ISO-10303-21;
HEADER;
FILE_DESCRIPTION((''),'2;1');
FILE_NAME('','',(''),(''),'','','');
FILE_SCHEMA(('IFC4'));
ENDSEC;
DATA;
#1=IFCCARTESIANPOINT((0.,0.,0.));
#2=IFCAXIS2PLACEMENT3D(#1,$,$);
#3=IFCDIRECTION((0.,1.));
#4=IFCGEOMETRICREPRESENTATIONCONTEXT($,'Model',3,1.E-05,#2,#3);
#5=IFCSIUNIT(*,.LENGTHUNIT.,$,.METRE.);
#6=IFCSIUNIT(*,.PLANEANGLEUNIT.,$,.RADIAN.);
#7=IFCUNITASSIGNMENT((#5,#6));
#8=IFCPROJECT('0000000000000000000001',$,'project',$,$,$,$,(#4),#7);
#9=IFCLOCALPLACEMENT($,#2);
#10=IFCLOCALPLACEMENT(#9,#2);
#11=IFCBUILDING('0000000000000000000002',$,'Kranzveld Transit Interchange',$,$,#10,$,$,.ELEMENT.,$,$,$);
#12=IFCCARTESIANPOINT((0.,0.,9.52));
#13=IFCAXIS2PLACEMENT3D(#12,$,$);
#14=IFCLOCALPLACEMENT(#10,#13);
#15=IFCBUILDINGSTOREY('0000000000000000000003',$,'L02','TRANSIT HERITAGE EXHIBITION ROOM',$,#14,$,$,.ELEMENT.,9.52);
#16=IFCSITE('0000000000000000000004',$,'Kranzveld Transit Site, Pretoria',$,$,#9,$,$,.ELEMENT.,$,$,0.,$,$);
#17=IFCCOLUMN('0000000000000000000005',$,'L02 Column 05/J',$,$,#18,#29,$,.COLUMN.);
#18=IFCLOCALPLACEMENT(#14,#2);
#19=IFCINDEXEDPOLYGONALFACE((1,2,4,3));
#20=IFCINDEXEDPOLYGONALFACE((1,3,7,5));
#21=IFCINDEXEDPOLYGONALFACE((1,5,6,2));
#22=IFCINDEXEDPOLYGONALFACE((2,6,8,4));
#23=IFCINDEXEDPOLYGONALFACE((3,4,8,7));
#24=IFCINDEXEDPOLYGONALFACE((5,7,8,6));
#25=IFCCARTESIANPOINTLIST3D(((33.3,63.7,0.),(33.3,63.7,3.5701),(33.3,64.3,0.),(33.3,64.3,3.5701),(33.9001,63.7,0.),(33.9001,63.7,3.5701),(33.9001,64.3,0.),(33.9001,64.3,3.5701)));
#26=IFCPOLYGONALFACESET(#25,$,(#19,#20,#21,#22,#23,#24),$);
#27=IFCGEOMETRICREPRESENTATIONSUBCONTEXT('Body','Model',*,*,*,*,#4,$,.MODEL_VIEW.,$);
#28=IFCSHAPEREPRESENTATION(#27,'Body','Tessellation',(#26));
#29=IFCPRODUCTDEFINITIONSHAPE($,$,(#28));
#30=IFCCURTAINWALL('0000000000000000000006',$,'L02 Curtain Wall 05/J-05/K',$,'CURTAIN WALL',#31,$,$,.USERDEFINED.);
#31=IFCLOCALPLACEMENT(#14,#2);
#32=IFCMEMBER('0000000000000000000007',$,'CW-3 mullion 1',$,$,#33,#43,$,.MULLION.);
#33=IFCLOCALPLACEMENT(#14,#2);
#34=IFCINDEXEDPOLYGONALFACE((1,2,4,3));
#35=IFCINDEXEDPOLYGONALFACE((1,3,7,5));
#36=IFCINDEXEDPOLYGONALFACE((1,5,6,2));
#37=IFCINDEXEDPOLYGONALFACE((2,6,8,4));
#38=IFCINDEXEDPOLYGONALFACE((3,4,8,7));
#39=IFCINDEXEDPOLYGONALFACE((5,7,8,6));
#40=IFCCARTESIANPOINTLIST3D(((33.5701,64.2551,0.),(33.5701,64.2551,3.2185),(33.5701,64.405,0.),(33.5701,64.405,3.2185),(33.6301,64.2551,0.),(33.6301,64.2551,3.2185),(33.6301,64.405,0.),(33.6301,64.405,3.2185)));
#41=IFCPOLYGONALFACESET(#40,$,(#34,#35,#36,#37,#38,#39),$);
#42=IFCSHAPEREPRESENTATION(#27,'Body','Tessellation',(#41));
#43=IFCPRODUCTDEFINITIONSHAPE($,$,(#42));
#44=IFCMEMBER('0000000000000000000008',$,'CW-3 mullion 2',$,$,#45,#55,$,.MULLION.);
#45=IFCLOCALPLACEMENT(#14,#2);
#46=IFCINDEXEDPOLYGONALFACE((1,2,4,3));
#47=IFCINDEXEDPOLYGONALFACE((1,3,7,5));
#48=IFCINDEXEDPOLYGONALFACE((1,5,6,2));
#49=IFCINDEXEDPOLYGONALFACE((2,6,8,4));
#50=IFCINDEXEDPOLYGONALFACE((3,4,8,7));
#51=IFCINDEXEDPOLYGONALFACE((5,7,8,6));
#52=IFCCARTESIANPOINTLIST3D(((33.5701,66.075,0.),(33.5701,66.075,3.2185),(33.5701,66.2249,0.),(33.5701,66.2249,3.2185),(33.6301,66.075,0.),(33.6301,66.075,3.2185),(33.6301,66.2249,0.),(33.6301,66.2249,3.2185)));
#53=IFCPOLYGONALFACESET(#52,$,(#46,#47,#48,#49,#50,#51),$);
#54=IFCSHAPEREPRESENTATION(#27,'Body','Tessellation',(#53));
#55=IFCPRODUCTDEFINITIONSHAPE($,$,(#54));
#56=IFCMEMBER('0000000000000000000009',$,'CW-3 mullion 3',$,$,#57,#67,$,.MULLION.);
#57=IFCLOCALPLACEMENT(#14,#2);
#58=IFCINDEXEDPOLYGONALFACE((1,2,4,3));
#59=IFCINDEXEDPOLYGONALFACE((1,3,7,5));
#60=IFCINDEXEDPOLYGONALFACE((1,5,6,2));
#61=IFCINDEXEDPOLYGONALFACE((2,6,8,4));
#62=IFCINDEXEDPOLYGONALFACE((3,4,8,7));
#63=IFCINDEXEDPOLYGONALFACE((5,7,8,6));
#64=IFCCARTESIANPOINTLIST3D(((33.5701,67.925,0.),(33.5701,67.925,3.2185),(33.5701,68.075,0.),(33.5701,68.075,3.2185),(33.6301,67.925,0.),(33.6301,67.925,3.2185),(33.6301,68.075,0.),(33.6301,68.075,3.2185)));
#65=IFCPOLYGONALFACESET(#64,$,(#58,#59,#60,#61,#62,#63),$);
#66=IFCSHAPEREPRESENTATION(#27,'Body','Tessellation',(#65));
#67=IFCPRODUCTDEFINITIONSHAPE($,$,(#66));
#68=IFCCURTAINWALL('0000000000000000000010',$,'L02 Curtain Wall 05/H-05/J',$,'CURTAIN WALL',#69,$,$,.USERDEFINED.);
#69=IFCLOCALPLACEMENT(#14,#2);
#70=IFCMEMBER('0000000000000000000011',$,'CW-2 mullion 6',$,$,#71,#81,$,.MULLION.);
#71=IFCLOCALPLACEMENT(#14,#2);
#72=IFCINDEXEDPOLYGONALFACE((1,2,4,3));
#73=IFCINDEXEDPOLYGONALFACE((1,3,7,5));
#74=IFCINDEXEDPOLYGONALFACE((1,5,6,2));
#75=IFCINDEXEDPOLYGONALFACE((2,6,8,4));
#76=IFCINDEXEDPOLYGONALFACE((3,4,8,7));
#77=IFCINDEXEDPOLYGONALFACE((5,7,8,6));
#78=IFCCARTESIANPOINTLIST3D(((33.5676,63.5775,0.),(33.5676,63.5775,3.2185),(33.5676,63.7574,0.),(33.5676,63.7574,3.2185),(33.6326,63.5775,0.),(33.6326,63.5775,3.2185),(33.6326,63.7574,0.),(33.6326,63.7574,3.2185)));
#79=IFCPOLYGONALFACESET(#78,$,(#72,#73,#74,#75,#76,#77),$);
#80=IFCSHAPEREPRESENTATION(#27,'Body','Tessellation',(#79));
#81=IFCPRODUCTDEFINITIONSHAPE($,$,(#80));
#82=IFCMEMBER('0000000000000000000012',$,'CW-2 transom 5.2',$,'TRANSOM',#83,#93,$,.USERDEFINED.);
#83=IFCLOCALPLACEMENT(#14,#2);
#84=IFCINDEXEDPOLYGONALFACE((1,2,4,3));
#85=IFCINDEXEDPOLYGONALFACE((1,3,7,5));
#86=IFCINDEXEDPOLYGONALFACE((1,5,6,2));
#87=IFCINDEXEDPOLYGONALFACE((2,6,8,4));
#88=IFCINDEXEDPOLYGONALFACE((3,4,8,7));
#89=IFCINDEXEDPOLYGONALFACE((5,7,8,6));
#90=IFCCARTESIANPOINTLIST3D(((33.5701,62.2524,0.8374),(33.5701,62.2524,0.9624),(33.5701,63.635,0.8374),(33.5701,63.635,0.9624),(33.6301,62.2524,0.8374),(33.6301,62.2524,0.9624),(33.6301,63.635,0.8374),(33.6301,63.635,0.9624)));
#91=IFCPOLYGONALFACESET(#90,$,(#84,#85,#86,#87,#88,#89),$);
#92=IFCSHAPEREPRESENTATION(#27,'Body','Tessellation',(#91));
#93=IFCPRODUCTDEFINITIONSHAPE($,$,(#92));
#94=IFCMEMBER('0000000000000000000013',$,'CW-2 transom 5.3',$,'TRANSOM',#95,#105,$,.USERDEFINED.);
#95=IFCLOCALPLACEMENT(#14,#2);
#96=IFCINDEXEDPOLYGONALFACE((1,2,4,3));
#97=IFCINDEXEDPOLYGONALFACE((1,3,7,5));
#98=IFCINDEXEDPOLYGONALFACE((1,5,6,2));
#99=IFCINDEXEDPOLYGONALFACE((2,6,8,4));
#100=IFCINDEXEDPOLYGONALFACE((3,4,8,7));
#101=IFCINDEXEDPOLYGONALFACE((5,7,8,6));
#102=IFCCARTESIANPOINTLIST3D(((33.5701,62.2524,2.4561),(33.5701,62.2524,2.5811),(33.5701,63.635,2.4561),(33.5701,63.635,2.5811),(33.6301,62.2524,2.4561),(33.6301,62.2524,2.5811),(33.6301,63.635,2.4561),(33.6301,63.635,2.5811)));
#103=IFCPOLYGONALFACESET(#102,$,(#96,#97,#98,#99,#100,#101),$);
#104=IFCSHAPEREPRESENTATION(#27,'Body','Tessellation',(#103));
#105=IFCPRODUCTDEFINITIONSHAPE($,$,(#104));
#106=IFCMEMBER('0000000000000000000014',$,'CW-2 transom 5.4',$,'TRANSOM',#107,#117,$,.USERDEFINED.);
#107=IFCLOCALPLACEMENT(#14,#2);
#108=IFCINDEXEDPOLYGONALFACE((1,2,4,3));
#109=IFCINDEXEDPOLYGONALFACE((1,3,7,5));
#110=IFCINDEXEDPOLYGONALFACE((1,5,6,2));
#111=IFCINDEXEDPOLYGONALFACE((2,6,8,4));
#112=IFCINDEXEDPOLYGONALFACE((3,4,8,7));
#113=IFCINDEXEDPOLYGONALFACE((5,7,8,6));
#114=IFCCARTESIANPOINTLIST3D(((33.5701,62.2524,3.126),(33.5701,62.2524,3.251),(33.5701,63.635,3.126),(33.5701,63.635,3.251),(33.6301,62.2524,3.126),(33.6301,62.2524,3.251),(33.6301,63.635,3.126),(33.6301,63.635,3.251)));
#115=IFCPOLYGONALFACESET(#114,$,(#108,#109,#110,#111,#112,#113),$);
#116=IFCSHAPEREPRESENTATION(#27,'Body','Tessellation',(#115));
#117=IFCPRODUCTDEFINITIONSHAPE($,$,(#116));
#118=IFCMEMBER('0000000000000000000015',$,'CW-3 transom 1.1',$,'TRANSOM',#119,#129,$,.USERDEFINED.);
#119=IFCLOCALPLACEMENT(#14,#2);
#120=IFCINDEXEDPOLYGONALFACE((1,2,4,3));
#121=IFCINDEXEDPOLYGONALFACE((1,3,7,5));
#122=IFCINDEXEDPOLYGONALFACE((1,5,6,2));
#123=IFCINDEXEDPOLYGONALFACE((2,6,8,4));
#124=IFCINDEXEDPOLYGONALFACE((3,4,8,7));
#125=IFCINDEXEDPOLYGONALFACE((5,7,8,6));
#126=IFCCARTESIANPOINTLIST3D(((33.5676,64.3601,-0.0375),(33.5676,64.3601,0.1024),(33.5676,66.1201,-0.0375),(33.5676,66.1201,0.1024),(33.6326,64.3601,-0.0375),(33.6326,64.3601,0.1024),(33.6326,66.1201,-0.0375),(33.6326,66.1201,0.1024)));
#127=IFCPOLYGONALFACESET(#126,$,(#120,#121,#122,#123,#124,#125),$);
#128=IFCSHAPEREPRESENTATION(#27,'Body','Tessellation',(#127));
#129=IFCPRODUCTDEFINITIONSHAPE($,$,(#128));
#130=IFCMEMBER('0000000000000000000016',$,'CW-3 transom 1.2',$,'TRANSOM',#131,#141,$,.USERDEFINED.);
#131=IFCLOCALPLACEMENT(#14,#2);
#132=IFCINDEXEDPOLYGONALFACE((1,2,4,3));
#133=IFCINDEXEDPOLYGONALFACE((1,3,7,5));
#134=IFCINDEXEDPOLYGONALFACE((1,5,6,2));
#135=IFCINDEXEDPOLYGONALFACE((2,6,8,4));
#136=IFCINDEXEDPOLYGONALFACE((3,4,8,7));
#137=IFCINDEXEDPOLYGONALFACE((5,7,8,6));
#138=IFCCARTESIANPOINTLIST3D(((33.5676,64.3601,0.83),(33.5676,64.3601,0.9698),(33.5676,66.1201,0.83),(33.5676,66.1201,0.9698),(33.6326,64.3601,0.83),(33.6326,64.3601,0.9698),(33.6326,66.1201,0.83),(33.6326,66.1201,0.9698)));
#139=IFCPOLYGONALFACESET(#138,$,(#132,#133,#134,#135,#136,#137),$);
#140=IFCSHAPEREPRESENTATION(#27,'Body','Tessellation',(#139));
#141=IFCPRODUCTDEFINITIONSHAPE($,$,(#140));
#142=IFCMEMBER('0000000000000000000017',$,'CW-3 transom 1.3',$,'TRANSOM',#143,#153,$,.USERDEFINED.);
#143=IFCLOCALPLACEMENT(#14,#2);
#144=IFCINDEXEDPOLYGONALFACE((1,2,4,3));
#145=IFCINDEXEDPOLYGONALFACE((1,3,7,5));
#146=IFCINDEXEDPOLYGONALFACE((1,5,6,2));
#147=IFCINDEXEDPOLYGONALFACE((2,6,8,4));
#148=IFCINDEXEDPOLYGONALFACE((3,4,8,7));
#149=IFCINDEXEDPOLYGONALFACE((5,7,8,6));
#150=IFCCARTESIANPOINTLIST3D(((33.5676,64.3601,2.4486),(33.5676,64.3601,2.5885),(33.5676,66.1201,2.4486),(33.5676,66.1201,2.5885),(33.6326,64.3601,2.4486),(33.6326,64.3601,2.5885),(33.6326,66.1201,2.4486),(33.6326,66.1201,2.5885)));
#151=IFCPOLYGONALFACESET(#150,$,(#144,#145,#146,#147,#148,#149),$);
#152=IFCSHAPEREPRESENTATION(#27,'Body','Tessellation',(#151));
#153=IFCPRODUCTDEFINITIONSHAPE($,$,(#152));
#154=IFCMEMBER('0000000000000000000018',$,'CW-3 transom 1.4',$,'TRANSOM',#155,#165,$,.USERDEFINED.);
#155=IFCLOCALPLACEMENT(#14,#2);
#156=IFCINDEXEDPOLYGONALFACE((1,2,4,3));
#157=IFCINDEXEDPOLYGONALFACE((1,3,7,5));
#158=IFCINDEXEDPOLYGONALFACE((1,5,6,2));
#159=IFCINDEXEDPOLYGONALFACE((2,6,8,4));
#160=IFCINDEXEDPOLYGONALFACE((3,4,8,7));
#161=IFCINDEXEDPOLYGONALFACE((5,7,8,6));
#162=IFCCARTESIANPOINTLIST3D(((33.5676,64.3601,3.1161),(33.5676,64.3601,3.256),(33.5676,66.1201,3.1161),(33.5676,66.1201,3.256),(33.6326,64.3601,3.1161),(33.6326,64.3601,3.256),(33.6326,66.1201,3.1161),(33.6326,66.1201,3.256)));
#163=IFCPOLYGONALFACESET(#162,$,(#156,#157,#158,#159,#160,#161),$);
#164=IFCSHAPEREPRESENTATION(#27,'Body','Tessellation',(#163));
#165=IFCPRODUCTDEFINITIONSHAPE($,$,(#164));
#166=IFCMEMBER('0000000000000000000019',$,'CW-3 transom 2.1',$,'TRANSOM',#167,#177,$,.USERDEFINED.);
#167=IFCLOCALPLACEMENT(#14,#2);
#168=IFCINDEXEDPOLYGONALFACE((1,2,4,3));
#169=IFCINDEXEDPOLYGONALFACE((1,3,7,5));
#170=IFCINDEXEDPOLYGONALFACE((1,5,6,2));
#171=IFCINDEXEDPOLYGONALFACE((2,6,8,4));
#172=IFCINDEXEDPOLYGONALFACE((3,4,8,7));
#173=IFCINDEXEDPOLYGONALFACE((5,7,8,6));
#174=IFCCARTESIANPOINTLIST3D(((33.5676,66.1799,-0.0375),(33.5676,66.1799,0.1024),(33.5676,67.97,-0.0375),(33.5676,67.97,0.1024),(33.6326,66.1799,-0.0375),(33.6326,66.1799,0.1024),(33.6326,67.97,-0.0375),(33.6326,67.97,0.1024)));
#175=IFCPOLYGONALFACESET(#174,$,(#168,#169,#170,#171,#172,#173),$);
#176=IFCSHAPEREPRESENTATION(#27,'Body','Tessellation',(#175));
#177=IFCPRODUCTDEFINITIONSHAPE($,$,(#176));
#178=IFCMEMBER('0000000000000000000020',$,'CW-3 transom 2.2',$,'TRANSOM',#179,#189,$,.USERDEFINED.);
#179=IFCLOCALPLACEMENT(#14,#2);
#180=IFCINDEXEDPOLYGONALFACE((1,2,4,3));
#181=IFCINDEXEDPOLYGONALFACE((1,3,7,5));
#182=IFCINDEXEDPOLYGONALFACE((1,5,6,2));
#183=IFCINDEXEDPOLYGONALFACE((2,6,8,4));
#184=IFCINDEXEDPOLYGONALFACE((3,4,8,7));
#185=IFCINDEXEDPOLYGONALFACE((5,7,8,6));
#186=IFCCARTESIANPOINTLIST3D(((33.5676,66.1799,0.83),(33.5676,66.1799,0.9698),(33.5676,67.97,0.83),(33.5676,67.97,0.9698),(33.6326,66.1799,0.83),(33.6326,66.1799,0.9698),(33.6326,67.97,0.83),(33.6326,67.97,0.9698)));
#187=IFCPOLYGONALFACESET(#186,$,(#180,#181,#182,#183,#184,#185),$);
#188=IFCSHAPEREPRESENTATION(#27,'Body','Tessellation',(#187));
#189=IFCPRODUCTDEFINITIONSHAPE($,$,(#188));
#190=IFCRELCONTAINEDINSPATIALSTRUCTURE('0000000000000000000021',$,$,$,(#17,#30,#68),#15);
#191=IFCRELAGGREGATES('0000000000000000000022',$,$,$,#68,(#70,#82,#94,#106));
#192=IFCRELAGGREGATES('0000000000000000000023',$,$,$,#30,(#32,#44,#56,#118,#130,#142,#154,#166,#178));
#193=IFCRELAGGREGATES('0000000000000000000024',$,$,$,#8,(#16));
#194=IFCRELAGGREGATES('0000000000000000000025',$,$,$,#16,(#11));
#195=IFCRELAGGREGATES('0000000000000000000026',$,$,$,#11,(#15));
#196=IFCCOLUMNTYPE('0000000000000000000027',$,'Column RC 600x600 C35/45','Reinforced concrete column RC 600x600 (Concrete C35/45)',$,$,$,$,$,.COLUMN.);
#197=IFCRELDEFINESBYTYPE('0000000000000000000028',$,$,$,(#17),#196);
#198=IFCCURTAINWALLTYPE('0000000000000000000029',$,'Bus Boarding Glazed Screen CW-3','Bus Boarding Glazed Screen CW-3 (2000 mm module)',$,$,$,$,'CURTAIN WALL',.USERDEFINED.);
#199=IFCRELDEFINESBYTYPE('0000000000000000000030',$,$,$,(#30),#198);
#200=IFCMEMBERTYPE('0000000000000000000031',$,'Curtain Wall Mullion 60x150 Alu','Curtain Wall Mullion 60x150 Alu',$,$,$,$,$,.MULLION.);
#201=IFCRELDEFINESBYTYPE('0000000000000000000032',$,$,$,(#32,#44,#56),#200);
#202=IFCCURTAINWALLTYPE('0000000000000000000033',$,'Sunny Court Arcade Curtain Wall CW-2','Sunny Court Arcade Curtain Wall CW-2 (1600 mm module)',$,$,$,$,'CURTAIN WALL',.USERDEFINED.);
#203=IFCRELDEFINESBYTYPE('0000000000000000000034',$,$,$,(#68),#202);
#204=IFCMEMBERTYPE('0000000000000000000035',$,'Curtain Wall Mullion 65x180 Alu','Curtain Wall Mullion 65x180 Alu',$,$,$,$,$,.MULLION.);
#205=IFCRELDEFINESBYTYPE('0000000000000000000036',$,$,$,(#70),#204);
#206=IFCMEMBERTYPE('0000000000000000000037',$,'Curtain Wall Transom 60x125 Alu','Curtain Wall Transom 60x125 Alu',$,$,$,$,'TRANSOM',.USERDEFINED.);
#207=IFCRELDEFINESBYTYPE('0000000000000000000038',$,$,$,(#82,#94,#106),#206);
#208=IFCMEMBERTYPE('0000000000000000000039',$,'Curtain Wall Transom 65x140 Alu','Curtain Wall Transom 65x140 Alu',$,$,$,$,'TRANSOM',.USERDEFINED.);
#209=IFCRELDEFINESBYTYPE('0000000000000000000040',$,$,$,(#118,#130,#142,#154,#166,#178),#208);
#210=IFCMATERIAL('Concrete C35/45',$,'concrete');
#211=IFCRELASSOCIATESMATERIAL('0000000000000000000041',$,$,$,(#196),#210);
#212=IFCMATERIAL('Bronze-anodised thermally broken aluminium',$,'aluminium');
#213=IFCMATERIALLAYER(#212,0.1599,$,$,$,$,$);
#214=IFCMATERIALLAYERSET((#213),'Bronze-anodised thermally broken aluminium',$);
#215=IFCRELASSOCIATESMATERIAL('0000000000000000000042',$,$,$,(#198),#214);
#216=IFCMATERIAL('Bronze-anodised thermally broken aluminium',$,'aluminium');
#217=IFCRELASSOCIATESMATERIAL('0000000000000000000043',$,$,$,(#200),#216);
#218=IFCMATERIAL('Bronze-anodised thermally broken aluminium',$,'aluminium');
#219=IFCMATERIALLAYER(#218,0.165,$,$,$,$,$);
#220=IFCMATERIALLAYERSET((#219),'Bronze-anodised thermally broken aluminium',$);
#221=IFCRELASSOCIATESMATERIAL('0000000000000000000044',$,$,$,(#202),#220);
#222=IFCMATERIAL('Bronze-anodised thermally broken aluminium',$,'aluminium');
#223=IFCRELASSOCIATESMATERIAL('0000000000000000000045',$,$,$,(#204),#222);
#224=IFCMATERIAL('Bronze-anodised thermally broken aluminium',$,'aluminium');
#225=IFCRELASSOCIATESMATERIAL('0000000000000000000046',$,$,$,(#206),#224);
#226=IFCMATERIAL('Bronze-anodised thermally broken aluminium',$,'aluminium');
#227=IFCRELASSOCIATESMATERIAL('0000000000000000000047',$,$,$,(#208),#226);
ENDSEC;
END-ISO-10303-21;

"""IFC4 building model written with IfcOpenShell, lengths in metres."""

from ifc_helpers import new_model, si_unit, direction, frame, origin, origin_2d, place, context, subcontext, project, spatial, rectangle, extrude, material, layer, layer_set, material_profile, profile_set, type_object, element, aggregate, save


model = new_model("IFC4")

# Units and contexts
model_context = context("Model", 3, precision=1e-05, world=origin(), true_north=direction((0.0, 1.0)))
body_context = subcontext(model_context, "Body", "Model", "MODEL_VIEW")
ifc_project = project(units=[si_unit("LENGTHUNIT", "METRE"), si_unit("PLANEANGLEUNIT", "RADIAN")], contexts=[model_context])

# Site, building, storey
site_placement = place(None, origin())
site = spatial("IfcSite", under=ifc_project, at=site_placement, Name="Kranzveld Transit Site, Pretoria", CompositionType="ELEMENT", RefElevation=0.0)
building_placement = place(site_placement, origin())
building = spatial("IfcBuilding", under=site, at=building_placement, Name="Kranzveld Transit Interchange", CompositionType="ELEMENT")
storey_placement = place(building_placement, frame((0.0, 0.0, 9.52)))
storey = spatial("IfcBuildingStorey", under=building, at=storey_placement, Name="L02", Description="TRANSIT HERITAGE EXHIBITION ROOM", CompositionType="ELEMENT", Elevation=9.52)

# Column
ifc_material_1 = material(Name="Concrete C35/45", Category="concrete")
ifc_material_profile_1 = material_profile(ifc_material_1, rectangle(XDim=0.6001, YDim=0.6001, at=origin_2d()), Name="RC 600x600")
ifc_profile_set_1 = profile_set([ifc_material_profile_1], Name="Concrete C35/45")
column_type = type_object("IfcColumnType", Name="Column RC 600x600 C35/45", Description="Reinforced concrete column RC 600x600 (Concrete C35/45)", PredefinedType="COLUMN", material=ifc_profile_set_1)
column_placement = place(storey_placement, frame((33.6001, 64.0, 0.0), z_axis=(0.0, 0.0, 1.0), x_axis=(1.0, 0.0, 0.0)))
element("IfcColumn", 1, at=column_placement, inside=storey, type_object=column_type, Name="L02 Column 05/J", PredefinedType="COLUMN", context=body_context, shape_type="SweptSolid", body=[
    extrude(rectangle(XDim=0.6001, YDim=0.6001, at=origin_2d()), origin(), (0.0, 0.0, 1.0), 3.5701),
])

# Curtain walls, members
ifc_material_2 = material(Name="Bronze-anodised thermally broken aluminium", Category="aluminium")
ifc_layer_1 = layer(ifc_material_2, 0.1599)
ifc_layer_set_1 = layer_set([ifc_layer_1], Name="Bronze-anodised thermally broken aluminium")
curtain_wall_type_1 = type_object("IfcCurtainWallType", Name="Bus Boarding Glazed Screen CW-3", Description="Bus Boarding Glazed Screen CW-3 (2000 mm module)", ElementType="CURTAIN WALL", PredefinedType="USERDEFINED", material=ifc_layer_set_1)
curtain_wall_1_placement = place(storey_placement, origin())
curtain_wall_1 = element("IfcCurtainWall", 2, at=curtain_wall_1_placement, inside=storey, type_object=curtain_wall_type_1, Name="L02 Curtain Wall 05/J-05/K", ObjectType="CURTAIN WALL", PredefinedType="USERDEFINED")
ifc_material_3 = material(Name="Bronze-anodised thermally broken aluminium", Category="aluminium")
ifc_material_profile_2 = material_profile(ifc_material_3, rectangle(XDim=0.0601, YDim=0.1499, at=origin_2d()), Name="ALU MULLION 60x150")
ifc_profile_set_2 = profile_set([ifc_material_profile_2], Name="Bronze-anodised thermally broken aluminium")
member_type_1 = type_object("IfcMemberType", Name="Curtain Wall Mullion 60x150 Alu", Description="Curtain Wall Mullion 60x150 Alu", PredefinedType="MULLION", material=ifc_profile_set_2)
member_1_placement = place(storey_placement, frame((33.6001, 64.3301, 0.0), z_axis=(0.0, 0.0, 1.0), x_axis=(-1.0, 0.0, 0.0)))
member_1 = element("IfcMember", 3, at=member_1_placement, type_object=member_type_1, Name="CW-3 mullion 1", PredefinedType="MULLION", context=body_context, shape_type="SweptSolid", body=[
    extrude(rectangle(XDim=0.0601, YDim=0.1499, at=origin_2d()), origin(), (0.0, 0.0, 1.0), 3.2185),
])
member_2_placement = place(storey_placement, frame((33.6001, 66.1499, 0.0), z_axis=(0.0, 0.0, 1.0), x_axis=(-1.0, 0.0, 0.0)))
member_2 = element("IfcMember", 4, at=member_2_placement, type_object=member_type_1, Name="CW-3 mullion 2", PredefinedType="MULLION", context=body_context, shape_type="SweptSolid", body=[
    extrude(rectangle(XDim=0.0601, YDim=0.1499, at=origin_2d()), origin(), (0.0, 0.0, 1.0), 3.2185),
])
member_3_placement = place(storey_placement, frame((33.6001, 68.0, 0.0), z_axis=(0.0, 0.0, 1.0), x_axis=(-1.0, 0.0, 0.0)))
member_3 = element("IfcMember", 5, at=member_3_placement, type_object=member_type_1, Name="CW-3 mullion 3", PredefinedType="MULLION", context=body_context, shape_type="SweptSolid", body=[
    extrude(rectangle(XDim=0.0601, YDim=0.1499, at=origin_2d()), origin(), (0.0, 0.0, 1.0), 3.2185),
])
ifc_material_4 = material(Name="Bronze-anodised thermally broken aluminium", Category="aluminium")
ifc_layer_2 = layer(ifc_material_4, 0.165)
ifc_layer_set_2 = layer_set([ifc_layer_2], Name="Bronze-anodised thermally broken aluminium")
curtain_wall_type_2 = type_object("IfcCurtainWallType", Name="Sunny Court Arcade Curtain Wall CW-2", Description="Sunny Court Arcade Curtain Wall CW-2 (1600 mm module)", ElementType="CURTAIN WALL", PredefinedType="USERDEFINED", material=ifc_layer_set_2)
curtain_wall_2_placement = place(storey_placement, origin())
curtain_wall_2 = element("IfcCurtainWall", 6, at=curtain_wall_2_placement, inside=storey, type_object=curtain_wall_type_2, Name="L02 Curtain Wall 05/H-05/J", ObjectType="CURTAIN WALL", PredefinedType="USERDEFINED")
ifc_material_5 = material(Name="Bronze-anodised thermally broken aluminium", Category="aluminium")
ifc_material_profile_3 = material_profile(ifc_material_5, rectangle(XDim=0.0649, YDim=0.1799, at=origin_2d()), Name="ALU MULLION 65x180")
ifc_profile_set_3 = profile_set([ifc_material_profile_3], Name="Bronze-anodised thermally broken aluminium")
member_type_2 = type_object("IfcMemberType", Name="Curtain Wall Mullion 65x180 Alu", Description="Curtain Wall Mullion 65x180 Alu", PredefinedType="MULLION", material=ifc_profile_set_3)
member_4_placement = place(storey_placement, frame((33.6001, 63.6675, 0.0), z_axis=(0.0, 0.0, 1.0), x_axis=(-1.0, 0.0, 0.0)))
member_4 = element("IfcMember", 7, at=member_4_placement, type_object=member_type_2, Name="CW-2 mullion 6", PredefinedType="MULLION", context=body_context, shape_type="SweptSolid", body=[
    extrude(rectangle(XDim=0.0649, YDim=0.1799, at=origin_2d()), origin(), (0.0, 0.0, 1.0), 3.2185),
])
ifc_material_6 = material(Name="Bronze-anodised thermally broken aluminium", Category="aluminium")
ifc_material_profile_4 = material_profile(ifc_material_6, rectangle(XDim=0.0601, YDim=0.125, at=origin_2d()), Name="ALU TRANSOM 60x125")
ifc_profile_set_4 = profile_set([ifc_material_profile_4], Name="Bronze-anodised thermally broken aluminium")
member_type_3 = type_object("IfcMemberType", Name="Curtain Wall Transom 60x125 Alu", Description="Curtain Wall Transom 60x125 Alu", ElementType="TRANSOM", PredefinedType="USERDEFINED", material=ifc_profile_set_4)
member_5_placement = place(storey_placement, frame((33.6001, 62.2524, 0.8999), z_axis=(0.0, 1.0, 0.0), x_axis=(-1.0, 0.0, 0.0)))
member_5 = element("IfcMember", 8, at=member_5_placement, type_object=member_type_3, Name="CW-2 transom 5.2", ObjectType="TRANSOM", PredefinedType="USERDEFINED", context=body_context, shape_type="SweptSolid", body=[
    extrude(rectangle(XDim=0.0601, YDim=0.125, at=origin_2d()), origin(), (0.0, 0.0, 1.0), 1.3826),
])
member_6_placement = place(storey_placement, frame((33.6001, 62.2524, 2.5186), z_axis=(0.0, 1.0, 0.0), x_axis=(-1.0, 0.0, 0.0)))
member_6 = element("IfcMember", 9, at=member_6_placement, type_object=member_type_3, Name="CW-2 transom 5.3", ObjectType="TRANSOM", PredefinedType="USERDEFINED", context=body_context, shape_type="SweptSolid", body=[
    extrude(rectangle(XDim=0.0601, YDim=0.125, at=origin_2d()), origin(), (0.0, 0.0, 1.0), 1.3826),
])
member_7_placement = place(storey_placement, frame((33.6001, 62.2524, 3.1885), z_axis=(0.0, 1.0, 0.0), x_axis=(-1.0, 0.0, 0.0)))
member_7 = element("IfcMember", 10, at=member_7_placement, type_object=member_type_3, Name="CW-2 transom 5.4", ObjectType="TRANSOM", PredefinedType="USERDEFINED", context=body_context, shape_type="SweptSolid", body=[
    extrude(rectangle(XDim=0.0601, YDim=0.125, at=origin_2d()), origin(), (0.0, 0.0, 1.0), 1.3826),
])

# Members
ifc_material_7 = material(Name="Bronze-anodised thermally broken aluminium", Category="aluminium")
ifc_material_profile_5 = material_profile(ifc_material_7, rectangle(XDim=0.0649, YDim=0.1399, at=origin_2d()), Name="ALU TRANSOM 65x140")
ifc_profile_set_5 = profile_set([ifc_material_profile_5], Name="Bronze-anodised thermally broken aluminium")
member_type_4 = type_object("IfcMemberType", Name="Curtain Wall Transom 65x140 Alu", Description="Curtain Wall Transom 65x140 Alu", ElementType="TRANSOM", PredefinedType="USERDEFINED", material=ifc_profile_set_5)
member_8_placement = place(storey_placement, frame((33.6001, 64.3601, 0.0325), z_axis=(0.0, 1.0, 0.0), x_axis=(-1.0, 0.0, 0.0)))
member_8 = element("IfcMember", 11, at=member_8_placement, type_object=member_type_4, Name="CW-3 transom 1.1", ObjectType="TRANSOM", PredefinedType="USERDEFINED", context=body_context, shape_type="SweptSolid", body=[
    extrude(rectangle(XDim=0.0649, YDim=0.1399, at=origin_2d()), origin(), (0.0, 0.0, 1.0), 1.76),
])
member_9_placement = place(storey_placement, frame((33.6001, 64.3601, 0.8999), z_axis=(0.0, 1.0, 0.0), x_axis=(-1.0, 0.0, 0.0)))
member_9 = element("IfcMember", 12, at=member_9_placement, type_object=member_type_4, Name="CW-3 transom 1.2", ObjectType="TRANSOM", PredefinedType="USERDEFINED", context=body_context, shape_type="SweptSolid", body=[
    extrude(rectangle(XDim=0.0649, YDim=0.1399, at=origin_2d()), origin(), (0.0, 0.0, 1.0), 1.76),
])
member_10_placement = place(storey_placement, frame((33.6001, 64.3601, 2.5186), z_axis=(0.0, 1.0, 0.0), x_axis=(-1.0, 0.0, 0.0)))
member_10 = element("IfcMember", 13, at=member_10_placement, type_object=member_type_4, Name="CW-3 transom 1.3", ObjectType="TRANSOM", PredefinedType="USERDEFINED", context=body_context, shape_type="SweptSolid", body=[
    extrude(rectangle(XDim=0.0649, YDim=0.1399, at=origin_2d()), origin(), (0.0, 0.0, 1.0), 1.76),
])
member_11_placement = place(storey_placement, frame((33.6001, 64.3601, 3.186), z_axis=(0.0, 1.0, 0.0), x_axis=(-1.0, 0.0, 0.0)))
member_11 = element("IfcMember", 14, at=member_11_placement, type_object=member_type_4, Name="CW-3 transom 1.4", ObjectType="TRANSOM", PredefinedType="USERDEFINED", context=body_context, shape_type="SweptSolid", body=[
    extrude(rectangle(XDim=0.0649, YDim=0.1399, at=origin_2d()), origin(), (0.0, 0.0, 1.0), 1.76),
])
member_12_placement = place(storey_placement, frame((33.6001, 66.1799, 0.0325), z_axis=(0.0, 1.0, 0.0), x_axis=(-1.0, 0.0, 0.0)))
member_12 = element("IfcMember", 15, at=member_12_placement, type_object=member_type_4, Name="CW-3 transom 2.1", ObjectType="TRANSOM", PredefinedType="USERDEFINED", context=body_context, shape_type="SweptSolid", body=[
    extrude(rectangle(XDim=0.0649, YDim=0.1399, at=origin_2d()), origin(), (0.0, 0.0, 1.0), 1.79),
])
member_13_placement = place(storey_placement, frame((33.6001, 66.1799, 0.8999), z_axis=(0.0, 1.0, 0.0), x_axis=(-1.0, 0.0, 0.0)))
member_13 = element("IfcMember", 16, at=member_13_placement, type_object=member_type_4, Name="CW-3 transom 2.2", ObjectType="TRANSOM", PredefinedType="USERDEFINED", context=body_context, shape_type="SweptSolid", body=[
    extrude(rectangle(XDim=0.0649, YDim=0.1399, at=origin_2d()), origin(), (0.0, 0.0, 1.0), 1.79),
])

aggregate(curtain_wall_2, [member_4, member_5, member_6, member_7])
aggregate(curtain_wall_1, [member_1, member_2, member_3, member_8, member_9, member_10, member_11, member_12, member_13])

save(model, "model.ifc")
